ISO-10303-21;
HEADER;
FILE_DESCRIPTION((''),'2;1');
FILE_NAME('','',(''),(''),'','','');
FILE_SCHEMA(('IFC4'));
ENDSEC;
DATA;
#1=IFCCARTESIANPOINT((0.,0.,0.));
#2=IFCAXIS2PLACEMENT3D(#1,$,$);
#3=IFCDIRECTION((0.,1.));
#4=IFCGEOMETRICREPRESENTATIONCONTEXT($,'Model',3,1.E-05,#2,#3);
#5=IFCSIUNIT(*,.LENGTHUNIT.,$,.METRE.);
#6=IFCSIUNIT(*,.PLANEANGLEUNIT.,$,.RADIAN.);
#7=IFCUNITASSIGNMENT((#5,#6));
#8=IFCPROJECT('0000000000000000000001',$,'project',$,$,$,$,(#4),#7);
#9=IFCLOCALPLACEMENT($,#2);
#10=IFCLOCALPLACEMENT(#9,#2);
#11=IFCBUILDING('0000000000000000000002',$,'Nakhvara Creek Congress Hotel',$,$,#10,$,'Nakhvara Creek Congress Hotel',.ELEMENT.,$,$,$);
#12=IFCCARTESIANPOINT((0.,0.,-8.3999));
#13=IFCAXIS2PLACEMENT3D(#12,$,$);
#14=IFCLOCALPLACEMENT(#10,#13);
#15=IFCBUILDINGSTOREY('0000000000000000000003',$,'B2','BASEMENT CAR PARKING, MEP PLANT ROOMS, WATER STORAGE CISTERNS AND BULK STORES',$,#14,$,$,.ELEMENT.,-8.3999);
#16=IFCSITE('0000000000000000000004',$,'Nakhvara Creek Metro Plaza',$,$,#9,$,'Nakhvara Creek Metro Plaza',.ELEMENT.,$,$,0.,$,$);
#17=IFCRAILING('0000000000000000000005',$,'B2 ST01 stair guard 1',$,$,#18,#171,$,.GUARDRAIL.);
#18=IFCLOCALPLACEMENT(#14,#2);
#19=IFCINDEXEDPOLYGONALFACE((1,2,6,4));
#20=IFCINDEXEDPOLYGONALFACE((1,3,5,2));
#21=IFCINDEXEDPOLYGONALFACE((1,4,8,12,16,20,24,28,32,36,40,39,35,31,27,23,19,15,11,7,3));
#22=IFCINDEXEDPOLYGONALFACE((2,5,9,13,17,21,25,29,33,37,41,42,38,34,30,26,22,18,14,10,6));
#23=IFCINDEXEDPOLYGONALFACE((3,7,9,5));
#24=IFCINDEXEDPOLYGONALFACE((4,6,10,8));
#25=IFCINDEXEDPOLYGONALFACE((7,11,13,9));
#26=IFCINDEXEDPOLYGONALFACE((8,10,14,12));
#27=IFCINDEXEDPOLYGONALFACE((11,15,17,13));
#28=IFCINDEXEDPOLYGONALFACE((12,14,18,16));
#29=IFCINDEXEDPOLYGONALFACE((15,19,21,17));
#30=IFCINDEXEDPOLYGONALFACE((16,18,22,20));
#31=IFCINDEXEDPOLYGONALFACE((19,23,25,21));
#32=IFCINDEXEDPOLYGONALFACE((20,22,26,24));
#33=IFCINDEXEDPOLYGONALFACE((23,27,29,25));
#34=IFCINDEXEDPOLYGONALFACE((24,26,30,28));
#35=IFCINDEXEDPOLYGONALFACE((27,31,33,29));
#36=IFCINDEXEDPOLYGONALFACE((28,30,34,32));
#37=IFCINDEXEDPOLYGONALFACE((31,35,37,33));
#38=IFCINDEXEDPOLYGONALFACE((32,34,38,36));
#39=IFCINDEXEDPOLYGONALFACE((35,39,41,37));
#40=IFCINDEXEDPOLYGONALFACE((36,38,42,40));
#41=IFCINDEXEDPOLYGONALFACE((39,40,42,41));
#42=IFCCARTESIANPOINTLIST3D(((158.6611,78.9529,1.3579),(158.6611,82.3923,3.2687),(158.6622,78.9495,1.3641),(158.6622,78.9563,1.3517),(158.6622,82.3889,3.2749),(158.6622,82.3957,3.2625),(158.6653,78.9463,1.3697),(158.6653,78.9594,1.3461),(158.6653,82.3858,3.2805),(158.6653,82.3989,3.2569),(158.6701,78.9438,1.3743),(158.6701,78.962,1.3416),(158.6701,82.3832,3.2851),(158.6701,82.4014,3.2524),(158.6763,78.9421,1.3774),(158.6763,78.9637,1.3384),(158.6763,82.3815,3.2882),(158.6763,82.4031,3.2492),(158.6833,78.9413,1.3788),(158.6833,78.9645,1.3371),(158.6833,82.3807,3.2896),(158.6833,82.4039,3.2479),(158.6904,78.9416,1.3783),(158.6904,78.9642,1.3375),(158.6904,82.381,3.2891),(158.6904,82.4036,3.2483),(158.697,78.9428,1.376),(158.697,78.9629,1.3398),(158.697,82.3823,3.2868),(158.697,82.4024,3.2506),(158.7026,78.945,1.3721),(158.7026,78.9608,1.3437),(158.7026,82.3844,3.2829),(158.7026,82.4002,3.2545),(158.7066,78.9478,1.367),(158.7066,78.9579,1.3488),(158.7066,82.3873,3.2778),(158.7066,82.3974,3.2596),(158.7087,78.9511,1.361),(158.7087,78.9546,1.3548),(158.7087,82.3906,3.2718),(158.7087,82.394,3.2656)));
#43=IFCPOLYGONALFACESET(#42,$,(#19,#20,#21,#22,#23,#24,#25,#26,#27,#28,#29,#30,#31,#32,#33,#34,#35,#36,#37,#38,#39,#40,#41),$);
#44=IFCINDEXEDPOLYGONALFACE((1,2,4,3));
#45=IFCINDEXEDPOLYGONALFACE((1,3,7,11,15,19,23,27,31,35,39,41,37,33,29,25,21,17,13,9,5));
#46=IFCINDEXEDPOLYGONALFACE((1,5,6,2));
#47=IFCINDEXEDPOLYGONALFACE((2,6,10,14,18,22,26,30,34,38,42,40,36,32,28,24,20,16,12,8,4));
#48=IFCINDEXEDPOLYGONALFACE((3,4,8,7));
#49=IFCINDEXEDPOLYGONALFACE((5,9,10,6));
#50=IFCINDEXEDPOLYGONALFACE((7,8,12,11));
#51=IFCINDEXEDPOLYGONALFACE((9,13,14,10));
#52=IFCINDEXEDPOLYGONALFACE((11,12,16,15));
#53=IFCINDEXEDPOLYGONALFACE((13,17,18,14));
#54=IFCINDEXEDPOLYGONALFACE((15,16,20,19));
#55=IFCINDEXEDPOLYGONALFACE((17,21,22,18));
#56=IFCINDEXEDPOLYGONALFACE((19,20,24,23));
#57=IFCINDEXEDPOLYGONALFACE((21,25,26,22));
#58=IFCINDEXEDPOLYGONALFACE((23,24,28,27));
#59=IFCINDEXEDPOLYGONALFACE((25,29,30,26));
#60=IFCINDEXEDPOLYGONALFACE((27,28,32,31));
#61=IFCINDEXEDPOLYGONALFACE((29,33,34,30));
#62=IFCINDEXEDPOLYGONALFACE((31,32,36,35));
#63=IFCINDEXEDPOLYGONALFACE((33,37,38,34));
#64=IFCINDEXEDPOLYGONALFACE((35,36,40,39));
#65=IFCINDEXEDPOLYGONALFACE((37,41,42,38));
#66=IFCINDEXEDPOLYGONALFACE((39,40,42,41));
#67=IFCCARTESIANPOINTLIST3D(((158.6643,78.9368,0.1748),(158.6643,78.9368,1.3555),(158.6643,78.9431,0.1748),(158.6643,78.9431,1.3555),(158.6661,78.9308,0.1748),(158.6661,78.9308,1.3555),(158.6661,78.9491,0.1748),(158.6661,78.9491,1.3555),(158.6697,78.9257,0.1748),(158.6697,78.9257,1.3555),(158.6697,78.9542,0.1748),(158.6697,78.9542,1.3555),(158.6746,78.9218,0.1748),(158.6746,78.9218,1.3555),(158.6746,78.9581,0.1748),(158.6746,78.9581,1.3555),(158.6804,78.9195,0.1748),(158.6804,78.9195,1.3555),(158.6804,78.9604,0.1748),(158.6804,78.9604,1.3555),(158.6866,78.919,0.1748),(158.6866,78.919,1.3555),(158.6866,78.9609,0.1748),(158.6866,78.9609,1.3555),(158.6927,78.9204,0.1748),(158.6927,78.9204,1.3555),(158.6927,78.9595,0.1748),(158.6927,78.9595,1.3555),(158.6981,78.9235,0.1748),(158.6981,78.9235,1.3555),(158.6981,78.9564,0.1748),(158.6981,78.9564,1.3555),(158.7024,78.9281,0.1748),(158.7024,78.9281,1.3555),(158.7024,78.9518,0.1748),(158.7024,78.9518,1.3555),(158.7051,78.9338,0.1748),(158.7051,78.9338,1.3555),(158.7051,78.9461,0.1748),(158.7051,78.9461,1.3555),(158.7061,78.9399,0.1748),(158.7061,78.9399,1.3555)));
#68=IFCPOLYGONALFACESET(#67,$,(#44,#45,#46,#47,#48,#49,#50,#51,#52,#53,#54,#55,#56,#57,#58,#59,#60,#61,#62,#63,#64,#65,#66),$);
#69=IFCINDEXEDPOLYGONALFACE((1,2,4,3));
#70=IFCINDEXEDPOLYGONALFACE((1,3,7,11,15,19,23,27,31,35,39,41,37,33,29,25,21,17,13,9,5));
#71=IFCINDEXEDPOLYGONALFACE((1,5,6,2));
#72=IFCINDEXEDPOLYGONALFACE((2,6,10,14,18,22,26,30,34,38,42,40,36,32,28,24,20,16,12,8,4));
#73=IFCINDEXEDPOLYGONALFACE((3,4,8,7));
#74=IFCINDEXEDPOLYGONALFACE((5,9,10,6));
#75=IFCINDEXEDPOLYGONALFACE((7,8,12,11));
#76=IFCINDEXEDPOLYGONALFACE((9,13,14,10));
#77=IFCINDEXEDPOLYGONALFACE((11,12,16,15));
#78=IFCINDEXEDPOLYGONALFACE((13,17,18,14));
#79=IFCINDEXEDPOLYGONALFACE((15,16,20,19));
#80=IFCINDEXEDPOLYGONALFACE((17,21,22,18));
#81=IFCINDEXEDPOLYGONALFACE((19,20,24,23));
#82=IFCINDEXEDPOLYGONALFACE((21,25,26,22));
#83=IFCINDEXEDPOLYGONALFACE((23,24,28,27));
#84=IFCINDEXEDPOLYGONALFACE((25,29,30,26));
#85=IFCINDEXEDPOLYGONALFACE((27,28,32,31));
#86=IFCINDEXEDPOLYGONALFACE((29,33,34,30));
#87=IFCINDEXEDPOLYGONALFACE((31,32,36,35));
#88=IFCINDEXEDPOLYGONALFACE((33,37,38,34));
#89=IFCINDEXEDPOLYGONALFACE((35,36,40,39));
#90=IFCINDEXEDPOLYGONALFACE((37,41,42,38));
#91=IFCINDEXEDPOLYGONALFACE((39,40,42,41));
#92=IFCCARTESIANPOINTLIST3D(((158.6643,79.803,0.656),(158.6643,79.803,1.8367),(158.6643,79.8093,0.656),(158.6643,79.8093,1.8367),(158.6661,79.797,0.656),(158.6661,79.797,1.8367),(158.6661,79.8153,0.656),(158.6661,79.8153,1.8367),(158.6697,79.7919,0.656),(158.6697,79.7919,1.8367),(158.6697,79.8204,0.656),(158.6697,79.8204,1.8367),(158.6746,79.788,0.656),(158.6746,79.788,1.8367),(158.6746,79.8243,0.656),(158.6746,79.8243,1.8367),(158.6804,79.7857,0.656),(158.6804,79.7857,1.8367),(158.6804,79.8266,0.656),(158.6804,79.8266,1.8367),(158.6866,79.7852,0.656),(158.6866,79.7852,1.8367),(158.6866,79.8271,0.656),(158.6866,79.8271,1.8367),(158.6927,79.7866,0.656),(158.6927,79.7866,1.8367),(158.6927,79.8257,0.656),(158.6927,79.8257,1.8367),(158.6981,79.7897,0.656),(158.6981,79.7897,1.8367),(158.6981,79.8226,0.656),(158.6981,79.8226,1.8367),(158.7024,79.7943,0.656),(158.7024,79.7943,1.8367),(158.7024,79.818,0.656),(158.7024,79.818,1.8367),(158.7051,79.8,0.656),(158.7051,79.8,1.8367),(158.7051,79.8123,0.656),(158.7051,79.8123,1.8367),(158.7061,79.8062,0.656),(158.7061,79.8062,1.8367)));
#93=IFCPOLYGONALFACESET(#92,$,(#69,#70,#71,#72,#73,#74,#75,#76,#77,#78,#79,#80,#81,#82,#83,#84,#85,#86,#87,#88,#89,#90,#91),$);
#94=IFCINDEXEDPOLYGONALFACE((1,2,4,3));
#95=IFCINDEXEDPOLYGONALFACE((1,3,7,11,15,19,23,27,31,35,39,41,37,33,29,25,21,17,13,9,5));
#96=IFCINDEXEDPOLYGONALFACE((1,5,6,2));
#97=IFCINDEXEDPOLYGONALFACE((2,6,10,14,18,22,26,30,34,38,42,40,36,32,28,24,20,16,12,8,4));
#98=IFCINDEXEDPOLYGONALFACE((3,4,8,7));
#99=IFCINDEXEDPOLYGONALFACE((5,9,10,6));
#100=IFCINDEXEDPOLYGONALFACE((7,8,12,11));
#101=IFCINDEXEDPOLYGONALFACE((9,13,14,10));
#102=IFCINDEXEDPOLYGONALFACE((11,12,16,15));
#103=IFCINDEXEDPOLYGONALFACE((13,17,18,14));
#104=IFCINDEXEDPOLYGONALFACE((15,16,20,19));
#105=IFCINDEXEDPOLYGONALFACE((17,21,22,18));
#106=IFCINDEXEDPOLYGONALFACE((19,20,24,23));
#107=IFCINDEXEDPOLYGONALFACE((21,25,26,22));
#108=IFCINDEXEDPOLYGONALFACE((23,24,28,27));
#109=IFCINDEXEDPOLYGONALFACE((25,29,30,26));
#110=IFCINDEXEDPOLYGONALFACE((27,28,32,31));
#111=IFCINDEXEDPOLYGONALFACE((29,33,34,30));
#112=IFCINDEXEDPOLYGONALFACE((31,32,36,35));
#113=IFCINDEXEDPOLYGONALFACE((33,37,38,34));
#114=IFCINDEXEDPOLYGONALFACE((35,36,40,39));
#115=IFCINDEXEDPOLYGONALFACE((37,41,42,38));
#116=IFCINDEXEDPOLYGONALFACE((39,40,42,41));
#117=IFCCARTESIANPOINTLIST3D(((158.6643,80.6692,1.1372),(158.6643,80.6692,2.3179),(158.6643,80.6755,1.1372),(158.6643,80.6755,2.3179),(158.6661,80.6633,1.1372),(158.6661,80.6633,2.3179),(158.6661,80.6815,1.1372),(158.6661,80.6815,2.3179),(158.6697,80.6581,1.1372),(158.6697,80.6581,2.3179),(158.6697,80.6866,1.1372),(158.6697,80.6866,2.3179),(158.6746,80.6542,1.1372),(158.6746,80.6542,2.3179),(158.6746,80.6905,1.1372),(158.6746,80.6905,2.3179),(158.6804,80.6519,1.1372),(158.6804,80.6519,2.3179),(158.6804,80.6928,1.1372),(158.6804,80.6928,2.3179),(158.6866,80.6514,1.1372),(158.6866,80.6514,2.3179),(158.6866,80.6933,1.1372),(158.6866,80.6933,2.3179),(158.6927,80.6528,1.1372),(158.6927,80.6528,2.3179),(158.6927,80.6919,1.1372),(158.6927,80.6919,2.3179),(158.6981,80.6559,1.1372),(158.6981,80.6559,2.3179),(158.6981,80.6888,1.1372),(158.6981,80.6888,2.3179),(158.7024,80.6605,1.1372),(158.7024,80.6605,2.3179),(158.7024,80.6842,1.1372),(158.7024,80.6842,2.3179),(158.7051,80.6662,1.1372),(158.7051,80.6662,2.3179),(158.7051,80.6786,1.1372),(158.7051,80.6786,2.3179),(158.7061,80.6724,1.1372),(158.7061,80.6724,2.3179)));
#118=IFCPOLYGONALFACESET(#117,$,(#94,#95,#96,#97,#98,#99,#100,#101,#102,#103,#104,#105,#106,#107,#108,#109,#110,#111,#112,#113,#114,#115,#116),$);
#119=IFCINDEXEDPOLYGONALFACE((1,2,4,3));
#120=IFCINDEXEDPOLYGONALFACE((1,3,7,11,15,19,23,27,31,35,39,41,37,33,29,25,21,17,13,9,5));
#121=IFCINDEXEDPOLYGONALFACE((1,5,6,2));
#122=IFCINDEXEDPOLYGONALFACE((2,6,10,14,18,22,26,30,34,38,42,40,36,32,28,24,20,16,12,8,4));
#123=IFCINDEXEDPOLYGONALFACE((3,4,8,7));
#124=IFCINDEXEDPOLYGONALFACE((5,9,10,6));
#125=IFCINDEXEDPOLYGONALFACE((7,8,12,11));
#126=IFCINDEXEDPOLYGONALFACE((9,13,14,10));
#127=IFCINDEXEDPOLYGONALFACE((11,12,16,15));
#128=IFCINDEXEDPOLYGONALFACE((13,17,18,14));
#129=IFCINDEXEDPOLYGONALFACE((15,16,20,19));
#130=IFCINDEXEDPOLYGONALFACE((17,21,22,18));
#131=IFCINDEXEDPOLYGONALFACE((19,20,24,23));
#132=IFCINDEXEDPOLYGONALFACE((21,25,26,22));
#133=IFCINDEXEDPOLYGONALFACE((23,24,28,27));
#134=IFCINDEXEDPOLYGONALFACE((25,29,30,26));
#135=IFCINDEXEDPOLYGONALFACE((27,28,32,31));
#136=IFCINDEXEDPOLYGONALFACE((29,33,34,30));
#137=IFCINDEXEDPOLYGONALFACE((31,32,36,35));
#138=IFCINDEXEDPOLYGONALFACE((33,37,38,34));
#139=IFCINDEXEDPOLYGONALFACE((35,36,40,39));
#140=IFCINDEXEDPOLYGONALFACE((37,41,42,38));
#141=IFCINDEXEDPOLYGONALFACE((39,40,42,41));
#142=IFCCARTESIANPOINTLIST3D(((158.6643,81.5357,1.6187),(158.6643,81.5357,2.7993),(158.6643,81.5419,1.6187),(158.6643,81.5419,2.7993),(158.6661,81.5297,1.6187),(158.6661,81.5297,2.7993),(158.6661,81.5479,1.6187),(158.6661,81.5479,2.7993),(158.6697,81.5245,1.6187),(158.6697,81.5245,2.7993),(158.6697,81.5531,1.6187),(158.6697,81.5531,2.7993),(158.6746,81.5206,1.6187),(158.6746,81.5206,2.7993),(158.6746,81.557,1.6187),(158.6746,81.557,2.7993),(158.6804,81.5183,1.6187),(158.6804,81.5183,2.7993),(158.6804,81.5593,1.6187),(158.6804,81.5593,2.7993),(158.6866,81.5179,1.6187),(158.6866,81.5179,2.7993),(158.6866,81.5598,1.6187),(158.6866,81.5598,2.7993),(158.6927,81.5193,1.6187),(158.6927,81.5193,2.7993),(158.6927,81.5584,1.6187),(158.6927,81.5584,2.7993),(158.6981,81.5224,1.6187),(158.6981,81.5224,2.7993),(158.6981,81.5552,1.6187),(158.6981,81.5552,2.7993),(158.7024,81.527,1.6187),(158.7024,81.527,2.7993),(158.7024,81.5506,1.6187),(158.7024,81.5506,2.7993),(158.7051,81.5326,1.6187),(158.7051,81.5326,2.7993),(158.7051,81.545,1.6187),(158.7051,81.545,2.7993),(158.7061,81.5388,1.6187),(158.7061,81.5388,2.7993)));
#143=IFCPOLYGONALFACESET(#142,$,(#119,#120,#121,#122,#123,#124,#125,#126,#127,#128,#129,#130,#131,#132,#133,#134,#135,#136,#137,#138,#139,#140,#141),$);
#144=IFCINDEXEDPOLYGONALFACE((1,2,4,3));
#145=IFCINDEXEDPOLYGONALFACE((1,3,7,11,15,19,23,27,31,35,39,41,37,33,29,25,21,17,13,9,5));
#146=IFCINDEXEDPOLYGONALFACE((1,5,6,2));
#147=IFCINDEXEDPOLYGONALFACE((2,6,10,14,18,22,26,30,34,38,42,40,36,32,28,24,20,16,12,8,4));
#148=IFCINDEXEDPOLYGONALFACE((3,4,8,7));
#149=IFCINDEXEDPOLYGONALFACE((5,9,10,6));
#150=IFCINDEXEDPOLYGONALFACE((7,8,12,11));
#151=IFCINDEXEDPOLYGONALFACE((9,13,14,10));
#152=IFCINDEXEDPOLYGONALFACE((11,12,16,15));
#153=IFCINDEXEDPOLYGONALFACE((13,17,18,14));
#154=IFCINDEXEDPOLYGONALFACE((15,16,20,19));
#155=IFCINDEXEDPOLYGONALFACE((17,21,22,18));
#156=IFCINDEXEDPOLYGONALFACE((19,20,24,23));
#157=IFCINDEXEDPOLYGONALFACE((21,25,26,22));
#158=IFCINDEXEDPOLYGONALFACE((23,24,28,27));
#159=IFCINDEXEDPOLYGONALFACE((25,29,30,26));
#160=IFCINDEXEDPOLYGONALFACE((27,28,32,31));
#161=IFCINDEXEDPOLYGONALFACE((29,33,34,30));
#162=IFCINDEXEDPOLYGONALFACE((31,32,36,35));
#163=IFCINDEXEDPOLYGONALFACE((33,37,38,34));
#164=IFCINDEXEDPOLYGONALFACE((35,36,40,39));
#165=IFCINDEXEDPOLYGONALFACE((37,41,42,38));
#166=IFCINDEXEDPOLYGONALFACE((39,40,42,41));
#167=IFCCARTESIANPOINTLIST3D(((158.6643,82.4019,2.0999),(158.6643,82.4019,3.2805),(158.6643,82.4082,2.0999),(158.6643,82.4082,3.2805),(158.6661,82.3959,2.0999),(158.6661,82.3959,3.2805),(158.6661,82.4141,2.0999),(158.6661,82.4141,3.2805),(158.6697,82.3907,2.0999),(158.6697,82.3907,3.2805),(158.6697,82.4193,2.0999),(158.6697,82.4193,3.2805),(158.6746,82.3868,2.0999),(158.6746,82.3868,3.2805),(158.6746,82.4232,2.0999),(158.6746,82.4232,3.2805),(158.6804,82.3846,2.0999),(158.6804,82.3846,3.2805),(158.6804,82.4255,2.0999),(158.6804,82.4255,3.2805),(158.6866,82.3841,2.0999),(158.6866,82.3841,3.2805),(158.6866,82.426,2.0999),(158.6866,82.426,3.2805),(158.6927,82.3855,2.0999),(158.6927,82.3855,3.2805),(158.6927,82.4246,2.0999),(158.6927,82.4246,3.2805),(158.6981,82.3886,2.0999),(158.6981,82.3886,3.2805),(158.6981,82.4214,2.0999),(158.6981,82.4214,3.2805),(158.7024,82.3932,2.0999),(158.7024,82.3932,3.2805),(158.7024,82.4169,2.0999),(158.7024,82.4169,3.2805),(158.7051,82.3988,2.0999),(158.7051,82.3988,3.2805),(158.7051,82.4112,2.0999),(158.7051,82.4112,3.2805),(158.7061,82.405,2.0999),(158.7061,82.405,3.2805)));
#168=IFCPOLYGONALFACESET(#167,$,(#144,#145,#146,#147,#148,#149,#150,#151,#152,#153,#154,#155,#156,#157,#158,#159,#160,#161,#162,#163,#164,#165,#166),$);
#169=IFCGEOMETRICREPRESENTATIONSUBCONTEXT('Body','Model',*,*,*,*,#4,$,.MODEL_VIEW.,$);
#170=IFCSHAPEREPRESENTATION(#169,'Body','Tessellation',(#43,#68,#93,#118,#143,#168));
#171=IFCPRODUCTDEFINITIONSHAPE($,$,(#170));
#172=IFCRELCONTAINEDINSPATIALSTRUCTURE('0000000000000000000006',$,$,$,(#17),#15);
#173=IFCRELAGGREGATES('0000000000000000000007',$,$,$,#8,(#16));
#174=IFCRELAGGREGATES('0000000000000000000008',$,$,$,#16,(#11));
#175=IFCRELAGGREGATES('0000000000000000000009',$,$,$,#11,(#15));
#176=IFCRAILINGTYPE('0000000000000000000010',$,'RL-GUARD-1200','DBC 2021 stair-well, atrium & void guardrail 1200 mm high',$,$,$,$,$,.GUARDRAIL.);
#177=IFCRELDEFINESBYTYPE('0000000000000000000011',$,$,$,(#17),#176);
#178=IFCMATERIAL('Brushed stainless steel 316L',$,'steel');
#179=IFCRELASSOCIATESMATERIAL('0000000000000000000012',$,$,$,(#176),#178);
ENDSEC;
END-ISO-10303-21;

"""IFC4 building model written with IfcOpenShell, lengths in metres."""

from ifc_helpers import new_model, si_unit, direction, frame, origin, origin_2d, place, context, subcontext, project, spatial, circle, extrude, material, type_object, element, save


model = new_model("IFC4")

# Units and contexts
model_context = context("Model", 3, precision=1e-05, world=origin(), true_north=direction((0.0, 1.0)))
body_context = subcontext(model_context, "Body", "Model", "MODEL_VIEW")
ifc_project = project(units=[si_unit("LENGTHUNIT", "METRE"), si_unit("PLANEANGLEUNIT", "RADIAN")], contexts=[model_context])

# Site, building, storey
site_placement = place(None, origin())
site = spatial("IfcSite", under=ifc_project, at=site_placement, Name="Nakhvara Creek Metro Plaza", LongName="Nakhvara Creek Metro Plaza", CompositionType="ELEMENT", RefElevation=0.0)
building_placement = place(site_placement, origin())
building = spatial("IfcBuilding", under=site, at=building_placement, Name="Nakhvara Creek Congress Hotel", LongName="Nakhvara Creek Congress Hotel", CompositionType="ELEMENT")
storey_placement = place(building_placement, frame((0.0, 0.0, -8.3999)))
storey = spatial("IfcBuildingStorey", under=building, at=storey_placement, Name="B2", Description="BASEMENT CAR PARKING, MEP PLANT ROOMS, WATER STORAGE CISTERNS AND BULK STORES", CompositionType="ELEMENT", Elevation=-8.3999)

# Railing
ifc_material_1 = material(Name="Brushed stainless steel 316L", Category="steel")
railing_type_1 = type_object("IfcRailingType", Name="RL-GUARD-1200", Description="DBC 2021 stair-well, atrium & void guardrail 1200 mm high", PredefinedType="GUARDRAIL", material=ifc_material_1)
railing_1_placement = place(storey_placement, frame((158.6851, 78.9399, 0.1748)))
element("IfcRailing", 1, at=railing_1_placement, inside=storey, type_object=railing_type_1, Name="B2 ST01 stair guard 1", PredefinedType="GUARDRAIL", context=body_context, shape_type="SweptSolid", body=[
    extrude(circle(Radius=0.0239, at=origin_2d()), frame((0.0, 0.0129, 1.1831), z_axis=(0.0, 0.874157, 0.485643), x_axis=(-1.0, 0.0, 0.0)), (0.0, 0.0, 1.0), 3.9346),
    extrude(circle(Radius=0.021, at=origin_2d()), origin(), (0.0, 0.0, 1.0), 1.1807),
    extrude(circle(Radius=0.021, at=origin_2d()), frame((0.0, 0.8662, 0.4812)), (0.0, 0.0, 1.0), 1.1807),
    extrude(circle(Radius=0.021, at=origin_2d()), frame((0.0, 1.7324, 0.9624)), (0.0, 0.0, 1.0), 1.1807),
    extrude(circle(Radius=0.021, at=origin_2d()), frame((0.0, 2.5989, 1.4438)), (0.0, 0.0, 1.0), 1.1807),
    extrude(circle(Radius=0.021, at=origin_2d()), frame((0.0, 3.4651, 1.925)), (0.0, 0.0, 1.0), 1.1807),
])

save(model, "model.ifc")
